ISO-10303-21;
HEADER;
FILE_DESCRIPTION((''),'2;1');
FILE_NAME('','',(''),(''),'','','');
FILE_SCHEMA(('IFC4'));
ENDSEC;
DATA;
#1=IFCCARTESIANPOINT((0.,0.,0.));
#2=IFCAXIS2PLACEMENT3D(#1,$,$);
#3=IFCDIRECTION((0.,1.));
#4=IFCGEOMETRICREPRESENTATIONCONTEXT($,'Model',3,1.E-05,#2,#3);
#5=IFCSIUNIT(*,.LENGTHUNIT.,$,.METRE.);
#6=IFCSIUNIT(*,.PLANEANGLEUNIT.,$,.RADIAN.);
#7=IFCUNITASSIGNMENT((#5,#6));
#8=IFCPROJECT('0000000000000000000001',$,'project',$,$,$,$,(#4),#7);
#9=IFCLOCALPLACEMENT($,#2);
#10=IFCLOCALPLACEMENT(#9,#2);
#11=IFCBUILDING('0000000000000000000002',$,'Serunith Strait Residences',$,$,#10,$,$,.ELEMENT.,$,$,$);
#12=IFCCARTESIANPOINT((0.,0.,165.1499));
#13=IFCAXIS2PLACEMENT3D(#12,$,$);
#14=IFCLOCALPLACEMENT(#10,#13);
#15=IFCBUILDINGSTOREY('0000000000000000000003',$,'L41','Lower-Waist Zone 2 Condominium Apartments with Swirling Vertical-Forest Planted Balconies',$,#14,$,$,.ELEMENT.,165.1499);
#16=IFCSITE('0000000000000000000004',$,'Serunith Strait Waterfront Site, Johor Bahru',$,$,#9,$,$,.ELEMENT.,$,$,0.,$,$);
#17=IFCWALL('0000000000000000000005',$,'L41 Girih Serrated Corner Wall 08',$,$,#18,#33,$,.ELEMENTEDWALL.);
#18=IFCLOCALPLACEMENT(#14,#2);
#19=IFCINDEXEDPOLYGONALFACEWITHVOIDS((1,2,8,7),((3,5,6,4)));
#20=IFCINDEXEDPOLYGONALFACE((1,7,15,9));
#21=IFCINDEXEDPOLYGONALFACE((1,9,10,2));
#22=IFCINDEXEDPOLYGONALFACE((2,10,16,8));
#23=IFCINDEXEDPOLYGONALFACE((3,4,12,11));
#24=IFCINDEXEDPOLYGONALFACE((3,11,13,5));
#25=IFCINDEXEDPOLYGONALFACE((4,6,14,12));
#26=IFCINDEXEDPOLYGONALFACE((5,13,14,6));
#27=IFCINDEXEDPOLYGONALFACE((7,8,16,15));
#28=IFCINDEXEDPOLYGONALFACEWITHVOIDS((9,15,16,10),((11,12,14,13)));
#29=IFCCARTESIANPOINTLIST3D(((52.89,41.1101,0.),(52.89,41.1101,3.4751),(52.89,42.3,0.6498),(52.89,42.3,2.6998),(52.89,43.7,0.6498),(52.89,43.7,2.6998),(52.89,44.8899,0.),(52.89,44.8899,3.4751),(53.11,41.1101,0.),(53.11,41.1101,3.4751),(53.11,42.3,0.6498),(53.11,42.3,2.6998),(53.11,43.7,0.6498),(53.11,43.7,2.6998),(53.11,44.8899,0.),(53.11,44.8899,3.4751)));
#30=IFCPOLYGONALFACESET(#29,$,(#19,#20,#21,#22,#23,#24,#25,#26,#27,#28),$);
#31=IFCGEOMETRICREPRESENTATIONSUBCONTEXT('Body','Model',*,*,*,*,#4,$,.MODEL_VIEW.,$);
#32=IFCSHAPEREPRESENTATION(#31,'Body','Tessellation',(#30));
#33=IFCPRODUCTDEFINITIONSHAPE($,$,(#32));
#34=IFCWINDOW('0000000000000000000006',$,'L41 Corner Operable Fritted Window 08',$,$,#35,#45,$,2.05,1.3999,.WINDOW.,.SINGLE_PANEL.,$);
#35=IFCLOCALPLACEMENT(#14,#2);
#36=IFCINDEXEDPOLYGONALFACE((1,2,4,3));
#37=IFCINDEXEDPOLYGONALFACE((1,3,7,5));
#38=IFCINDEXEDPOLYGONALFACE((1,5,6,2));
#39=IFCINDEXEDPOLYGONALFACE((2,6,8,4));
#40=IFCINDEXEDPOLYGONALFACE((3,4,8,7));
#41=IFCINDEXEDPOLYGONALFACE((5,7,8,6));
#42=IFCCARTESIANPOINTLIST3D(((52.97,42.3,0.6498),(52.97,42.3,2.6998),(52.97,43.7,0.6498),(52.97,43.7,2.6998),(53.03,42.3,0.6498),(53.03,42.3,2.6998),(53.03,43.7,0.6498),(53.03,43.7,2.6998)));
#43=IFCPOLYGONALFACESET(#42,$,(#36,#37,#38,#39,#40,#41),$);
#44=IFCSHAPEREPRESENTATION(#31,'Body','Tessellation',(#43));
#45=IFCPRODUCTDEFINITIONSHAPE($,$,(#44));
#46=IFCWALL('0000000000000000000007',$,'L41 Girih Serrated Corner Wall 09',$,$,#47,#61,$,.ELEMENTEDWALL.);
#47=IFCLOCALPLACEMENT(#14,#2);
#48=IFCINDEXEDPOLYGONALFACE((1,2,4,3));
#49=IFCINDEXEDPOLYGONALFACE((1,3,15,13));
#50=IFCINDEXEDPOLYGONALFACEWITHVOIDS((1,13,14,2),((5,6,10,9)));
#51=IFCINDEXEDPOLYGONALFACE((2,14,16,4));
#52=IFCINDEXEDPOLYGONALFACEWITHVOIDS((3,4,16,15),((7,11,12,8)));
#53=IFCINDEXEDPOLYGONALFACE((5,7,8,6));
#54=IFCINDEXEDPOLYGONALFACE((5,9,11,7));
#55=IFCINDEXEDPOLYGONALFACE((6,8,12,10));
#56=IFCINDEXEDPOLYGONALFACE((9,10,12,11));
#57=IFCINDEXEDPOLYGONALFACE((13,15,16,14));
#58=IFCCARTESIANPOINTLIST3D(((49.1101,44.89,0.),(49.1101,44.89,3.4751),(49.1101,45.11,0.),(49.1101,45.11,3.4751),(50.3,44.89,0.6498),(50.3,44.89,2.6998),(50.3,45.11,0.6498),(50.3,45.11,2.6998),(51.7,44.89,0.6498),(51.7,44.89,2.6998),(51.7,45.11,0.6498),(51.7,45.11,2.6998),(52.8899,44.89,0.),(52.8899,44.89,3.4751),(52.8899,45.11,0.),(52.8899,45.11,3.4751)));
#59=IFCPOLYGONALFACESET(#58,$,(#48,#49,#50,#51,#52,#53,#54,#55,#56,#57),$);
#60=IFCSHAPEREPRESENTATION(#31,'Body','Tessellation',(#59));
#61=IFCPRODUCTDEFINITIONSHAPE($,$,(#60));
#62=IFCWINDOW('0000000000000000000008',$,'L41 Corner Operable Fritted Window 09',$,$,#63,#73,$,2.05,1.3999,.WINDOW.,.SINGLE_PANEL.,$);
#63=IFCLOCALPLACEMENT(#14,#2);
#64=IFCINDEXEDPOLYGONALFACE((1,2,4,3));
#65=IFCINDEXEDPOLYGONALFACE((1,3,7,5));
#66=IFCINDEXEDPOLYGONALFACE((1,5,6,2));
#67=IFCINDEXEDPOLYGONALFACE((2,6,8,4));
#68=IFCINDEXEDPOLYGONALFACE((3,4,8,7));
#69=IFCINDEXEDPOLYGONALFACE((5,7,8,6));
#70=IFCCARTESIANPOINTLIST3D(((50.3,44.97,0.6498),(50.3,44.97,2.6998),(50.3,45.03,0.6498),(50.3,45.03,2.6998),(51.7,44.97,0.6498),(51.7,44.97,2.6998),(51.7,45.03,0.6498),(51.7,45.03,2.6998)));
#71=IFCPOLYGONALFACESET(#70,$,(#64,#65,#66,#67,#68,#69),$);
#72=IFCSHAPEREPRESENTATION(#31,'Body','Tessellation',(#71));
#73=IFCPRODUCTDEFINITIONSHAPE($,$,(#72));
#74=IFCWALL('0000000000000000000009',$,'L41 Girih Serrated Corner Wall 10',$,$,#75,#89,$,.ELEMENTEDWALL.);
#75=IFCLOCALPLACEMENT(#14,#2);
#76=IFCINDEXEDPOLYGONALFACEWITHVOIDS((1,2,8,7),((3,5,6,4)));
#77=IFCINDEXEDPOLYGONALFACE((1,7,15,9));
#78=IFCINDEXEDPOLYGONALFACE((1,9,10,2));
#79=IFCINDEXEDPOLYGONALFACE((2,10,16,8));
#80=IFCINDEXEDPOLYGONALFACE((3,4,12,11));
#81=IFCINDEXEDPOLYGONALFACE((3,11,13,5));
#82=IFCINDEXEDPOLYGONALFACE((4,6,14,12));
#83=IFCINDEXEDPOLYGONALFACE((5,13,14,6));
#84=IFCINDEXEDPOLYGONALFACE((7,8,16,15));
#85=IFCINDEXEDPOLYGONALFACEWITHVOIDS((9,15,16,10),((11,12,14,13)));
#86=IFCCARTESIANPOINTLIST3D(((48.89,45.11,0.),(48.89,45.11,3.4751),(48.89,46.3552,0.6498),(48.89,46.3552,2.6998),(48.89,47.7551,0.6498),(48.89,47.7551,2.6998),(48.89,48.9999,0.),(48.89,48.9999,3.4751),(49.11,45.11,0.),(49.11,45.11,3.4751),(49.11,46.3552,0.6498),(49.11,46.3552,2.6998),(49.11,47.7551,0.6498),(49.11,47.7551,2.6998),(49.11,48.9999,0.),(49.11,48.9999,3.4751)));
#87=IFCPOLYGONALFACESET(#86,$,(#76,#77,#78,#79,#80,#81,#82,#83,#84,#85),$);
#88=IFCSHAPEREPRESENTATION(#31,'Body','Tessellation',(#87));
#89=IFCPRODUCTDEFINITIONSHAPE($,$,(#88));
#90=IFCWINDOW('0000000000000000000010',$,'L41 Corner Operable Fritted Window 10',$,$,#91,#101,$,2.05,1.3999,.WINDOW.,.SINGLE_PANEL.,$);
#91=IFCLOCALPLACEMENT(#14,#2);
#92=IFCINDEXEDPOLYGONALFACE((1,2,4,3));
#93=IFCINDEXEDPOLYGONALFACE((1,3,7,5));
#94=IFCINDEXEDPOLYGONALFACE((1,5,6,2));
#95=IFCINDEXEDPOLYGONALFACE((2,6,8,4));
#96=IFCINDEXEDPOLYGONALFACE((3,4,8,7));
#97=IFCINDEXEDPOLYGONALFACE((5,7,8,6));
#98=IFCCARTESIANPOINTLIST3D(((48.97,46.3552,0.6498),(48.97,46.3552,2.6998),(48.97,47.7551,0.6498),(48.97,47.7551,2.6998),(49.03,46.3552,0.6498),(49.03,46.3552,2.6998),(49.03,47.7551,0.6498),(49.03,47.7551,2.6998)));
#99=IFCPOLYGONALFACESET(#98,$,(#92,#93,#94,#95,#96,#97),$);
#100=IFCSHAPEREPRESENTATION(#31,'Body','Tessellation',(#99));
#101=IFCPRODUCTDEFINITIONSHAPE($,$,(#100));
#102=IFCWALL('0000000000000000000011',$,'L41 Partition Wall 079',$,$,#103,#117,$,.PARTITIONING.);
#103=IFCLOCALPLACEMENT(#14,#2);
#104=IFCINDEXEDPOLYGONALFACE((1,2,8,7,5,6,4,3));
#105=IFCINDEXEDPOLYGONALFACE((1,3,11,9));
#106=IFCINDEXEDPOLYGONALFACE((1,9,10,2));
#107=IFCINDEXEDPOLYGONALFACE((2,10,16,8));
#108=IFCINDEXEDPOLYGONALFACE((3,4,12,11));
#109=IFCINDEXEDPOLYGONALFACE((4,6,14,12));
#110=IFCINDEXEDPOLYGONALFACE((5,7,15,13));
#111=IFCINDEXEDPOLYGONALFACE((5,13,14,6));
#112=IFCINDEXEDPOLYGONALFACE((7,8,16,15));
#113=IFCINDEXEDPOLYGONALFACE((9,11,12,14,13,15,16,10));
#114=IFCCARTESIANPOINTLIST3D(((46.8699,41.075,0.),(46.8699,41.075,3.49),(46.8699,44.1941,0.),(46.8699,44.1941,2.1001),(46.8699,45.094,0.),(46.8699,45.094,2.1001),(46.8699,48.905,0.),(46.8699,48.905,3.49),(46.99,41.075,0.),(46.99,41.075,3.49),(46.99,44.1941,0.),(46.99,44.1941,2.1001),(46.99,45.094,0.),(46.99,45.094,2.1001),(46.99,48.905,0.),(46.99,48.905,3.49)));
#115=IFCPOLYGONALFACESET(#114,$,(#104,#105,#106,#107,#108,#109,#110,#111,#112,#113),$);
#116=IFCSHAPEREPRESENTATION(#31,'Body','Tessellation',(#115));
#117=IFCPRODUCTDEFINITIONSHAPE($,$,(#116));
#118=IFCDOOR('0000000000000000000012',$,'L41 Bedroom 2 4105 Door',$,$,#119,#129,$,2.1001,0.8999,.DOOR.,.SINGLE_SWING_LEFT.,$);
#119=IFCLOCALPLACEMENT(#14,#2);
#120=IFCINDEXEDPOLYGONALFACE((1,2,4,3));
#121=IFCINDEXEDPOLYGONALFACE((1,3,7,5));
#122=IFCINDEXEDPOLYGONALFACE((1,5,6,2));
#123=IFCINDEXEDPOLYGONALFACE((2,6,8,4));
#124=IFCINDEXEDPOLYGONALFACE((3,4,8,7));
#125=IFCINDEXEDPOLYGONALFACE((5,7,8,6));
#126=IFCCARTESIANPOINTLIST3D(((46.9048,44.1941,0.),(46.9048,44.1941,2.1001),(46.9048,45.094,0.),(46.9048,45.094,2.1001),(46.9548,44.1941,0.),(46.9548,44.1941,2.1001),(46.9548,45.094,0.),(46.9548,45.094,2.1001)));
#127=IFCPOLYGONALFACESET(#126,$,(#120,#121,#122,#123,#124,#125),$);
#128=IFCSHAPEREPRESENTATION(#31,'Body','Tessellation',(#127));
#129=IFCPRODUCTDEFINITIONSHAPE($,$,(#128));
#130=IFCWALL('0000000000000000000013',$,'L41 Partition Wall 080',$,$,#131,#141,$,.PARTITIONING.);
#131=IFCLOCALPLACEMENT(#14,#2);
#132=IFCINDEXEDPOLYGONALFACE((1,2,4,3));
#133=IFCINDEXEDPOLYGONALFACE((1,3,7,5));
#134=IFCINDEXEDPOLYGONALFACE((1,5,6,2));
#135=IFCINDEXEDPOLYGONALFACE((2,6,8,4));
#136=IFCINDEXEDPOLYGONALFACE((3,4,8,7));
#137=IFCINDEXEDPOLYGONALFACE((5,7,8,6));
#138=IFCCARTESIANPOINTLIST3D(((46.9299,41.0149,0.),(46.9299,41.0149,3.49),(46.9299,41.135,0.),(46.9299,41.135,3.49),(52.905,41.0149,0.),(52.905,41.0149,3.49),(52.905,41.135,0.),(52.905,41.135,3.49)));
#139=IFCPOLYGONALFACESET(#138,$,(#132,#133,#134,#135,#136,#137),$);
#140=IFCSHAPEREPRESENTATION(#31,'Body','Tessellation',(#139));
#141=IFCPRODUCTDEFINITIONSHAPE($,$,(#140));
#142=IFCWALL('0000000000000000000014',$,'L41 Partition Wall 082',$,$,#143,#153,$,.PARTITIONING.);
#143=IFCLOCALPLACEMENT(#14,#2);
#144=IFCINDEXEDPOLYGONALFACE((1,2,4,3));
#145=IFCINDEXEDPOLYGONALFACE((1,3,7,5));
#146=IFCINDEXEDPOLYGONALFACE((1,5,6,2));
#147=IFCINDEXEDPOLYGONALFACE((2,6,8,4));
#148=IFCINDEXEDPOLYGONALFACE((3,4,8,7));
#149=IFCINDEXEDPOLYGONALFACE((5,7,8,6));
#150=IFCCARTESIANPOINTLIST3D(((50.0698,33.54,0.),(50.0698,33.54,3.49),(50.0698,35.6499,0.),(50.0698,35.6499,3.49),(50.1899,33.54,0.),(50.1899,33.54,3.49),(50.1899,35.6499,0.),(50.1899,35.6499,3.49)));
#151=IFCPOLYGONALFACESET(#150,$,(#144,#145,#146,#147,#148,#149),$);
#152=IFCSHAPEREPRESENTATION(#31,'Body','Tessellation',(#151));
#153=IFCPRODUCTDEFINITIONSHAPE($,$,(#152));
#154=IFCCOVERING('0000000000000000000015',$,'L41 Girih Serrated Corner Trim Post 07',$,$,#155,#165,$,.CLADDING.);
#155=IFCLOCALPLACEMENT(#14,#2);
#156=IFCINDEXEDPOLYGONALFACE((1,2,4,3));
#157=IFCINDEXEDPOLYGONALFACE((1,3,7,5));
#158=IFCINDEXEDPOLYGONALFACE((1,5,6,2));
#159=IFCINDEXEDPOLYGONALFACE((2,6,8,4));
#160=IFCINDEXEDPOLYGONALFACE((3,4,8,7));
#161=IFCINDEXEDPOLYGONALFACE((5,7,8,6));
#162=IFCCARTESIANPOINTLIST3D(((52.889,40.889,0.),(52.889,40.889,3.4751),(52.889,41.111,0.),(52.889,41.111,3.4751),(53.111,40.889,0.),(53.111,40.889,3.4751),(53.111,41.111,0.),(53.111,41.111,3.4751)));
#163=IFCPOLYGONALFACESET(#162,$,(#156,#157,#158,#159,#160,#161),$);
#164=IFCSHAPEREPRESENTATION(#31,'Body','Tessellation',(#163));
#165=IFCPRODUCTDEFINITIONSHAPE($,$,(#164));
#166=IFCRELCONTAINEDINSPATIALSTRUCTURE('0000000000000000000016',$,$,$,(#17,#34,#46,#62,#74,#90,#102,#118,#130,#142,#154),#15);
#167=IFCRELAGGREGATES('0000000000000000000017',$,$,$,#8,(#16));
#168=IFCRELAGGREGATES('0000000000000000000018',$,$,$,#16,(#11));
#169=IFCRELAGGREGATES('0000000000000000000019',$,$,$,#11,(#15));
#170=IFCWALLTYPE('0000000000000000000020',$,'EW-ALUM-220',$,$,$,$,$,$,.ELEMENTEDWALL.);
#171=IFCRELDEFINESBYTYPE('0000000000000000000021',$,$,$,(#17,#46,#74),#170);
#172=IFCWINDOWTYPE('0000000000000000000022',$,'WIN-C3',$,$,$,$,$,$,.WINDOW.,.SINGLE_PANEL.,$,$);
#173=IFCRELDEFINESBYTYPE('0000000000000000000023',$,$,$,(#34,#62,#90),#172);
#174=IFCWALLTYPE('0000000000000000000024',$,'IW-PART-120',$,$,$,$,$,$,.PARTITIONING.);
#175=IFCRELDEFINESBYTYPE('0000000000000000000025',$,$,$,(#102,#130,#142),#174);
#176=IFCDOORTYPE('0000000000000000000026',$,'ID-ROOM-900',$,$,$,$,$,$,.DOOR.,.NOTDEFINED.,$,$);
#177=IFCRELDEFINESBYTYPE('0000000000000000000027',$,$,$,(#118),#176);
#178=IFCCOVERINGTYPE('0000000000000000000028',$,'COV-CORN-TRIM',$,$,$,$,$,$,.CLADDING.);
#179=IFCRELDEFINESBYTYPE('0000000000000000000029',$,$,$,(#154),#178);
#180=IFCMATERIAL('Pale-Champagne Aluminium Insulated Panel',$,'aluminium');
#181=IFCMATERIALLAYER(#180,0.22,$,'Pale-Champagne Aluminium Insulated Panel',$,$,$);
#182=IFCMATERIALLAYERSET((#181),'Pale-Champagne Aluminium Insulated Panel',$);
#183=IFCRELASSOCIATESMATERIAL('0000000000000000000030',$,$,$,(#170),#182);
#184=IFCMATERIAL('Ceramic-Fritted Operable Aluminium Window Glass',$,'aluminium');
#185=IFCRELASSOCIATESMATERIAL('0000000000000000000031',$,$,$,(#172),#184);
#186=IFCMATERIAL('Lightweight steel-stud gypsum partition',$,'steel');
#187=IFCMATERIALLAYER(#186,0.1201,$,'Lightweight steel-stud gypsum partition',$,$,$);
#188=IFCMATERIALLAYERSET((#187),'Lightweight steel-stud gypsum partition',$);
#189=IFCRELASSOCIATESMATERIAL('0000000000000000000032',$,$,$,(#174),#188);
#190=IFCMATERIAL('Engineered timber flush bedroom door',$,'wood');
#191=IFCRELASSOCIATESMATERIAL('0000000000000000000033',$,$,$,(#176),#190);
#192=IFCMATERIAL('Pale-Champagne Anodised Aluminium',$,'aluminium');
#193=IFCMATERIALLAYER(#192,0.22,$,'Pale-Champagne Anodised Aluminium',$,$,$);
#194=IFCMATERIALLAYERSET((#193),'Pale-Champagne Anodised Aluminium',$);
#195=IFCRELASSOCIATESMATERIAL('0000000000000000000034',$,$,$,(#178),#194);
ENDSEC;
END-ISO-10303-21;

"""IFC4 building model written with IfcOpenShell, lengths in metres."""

from ifc_helpers import new_model, si_unit, direction, frame, frame_2d, origin, origin_2d, place, context, subcontext, project, spatial, rectangle, extrude, source, transform, mapped, material, layer, layer_set, type_object, element, fill, save


model = new_model("IFC4")

# Units and contexts
model_context = context("Model", 3, precision=1e-05, world=origin(), true_north=direction((0.0, 1.0)))
body_context = subcontext(model_context, "Body", "Model", "MODEL_VIEW")
ifc_project = project(units=[si_unit("LENGTHUNIT", "METRE"), si_unit("PLANEANGLEUNIT", "RADIAN")], contexts=[model_context])

# Site, building, storey
site_placement = place(None, origin())
site = spatial("IfcSite", under=ifc_project, at=site_placement, Name="Serunith Strait Waterfront Site, Johor Bahru", CompositionType="ELEMENT", RefElevation=0.0)
building_placement = place(site_placement, origin())
building = spatial("IfcBuilding", under=site, at=building_placement, Name="Serunith Strait Residences", CompositionType="ELEMENT")
storey_placement = place(building_placement, frame((0.0, 0.0, 165.1499)))
storey = spatial("IfcBuildingStorey", under=building, at=storey_placement, Name="L41", Description="Lower-Waist Zone 2 Condominium Apartments with Swirling Vertical-Forest Planted Balconies", CompositionType="ELEMENT", Elevation=165.1499)

# Shared definitions
ifc_material_1 = material(Name="Pale-Champagne Anodised Aluminium", Category="aluminium")

# Walls, openings, windows
ifc_material_2 = material(Name="Pale-Champagne Aluminium Insulated Panel", Category="aluminium")
ifc_layer_1 = layer(ifc_material_2, 0.22, Name="Pale-Champagne Aluminium Insulated Panel")
ifc_layer_set_1 = layer_set([ifc_layer_1], Name="Pale-Champagne Aluminium Insulated Panel")
wall_type_1 = type_object("IfcWallType", Name="EW-ALUM-220", PredefinedType="ELEMENTEDWALL", material=ifc_layer_set_1)
ifc_material_3 = material(Name="Ceramic-Fritted Operable Aluminium Window Glass", Category="aluminium")
window_type = type_object("IfcWindowType", Name="WIN-C3", PartitioningType="SINGLE_PANEL", PredefinedType="WINDOW", material=ifc_material_3)
shared_shape_1 = source(origin(), body_context, "Body", "SweptSolid", [
    extrude(rectangle(XDim=1.3999, YDim=2.05, at=frame_2d((0.7, 1.0249))), frame((0.0, 0.03, 0.0), z_axis=(0.0, -1.0, 0.0), x_axis=(1.0, 0.0, 0.0)), (0.0, 0.0, 1.0), 0.0601),
])
wall_1_placement = place(storey_placement, frame((53.0, 41.1101, 0.0), z_axis=(0.0, 0.0, 1.0), x_axis=(0.0, 1.0, 0.0)))
wall_1 = element("IfcWall", 1, at=wall_1_placement, inside=storey, type_object=wall_type_1, Name="L41 Girih Serrated Corner Wall 08", PredefinedType="ELEMENTEDWALL", context=body_context, shape_type="SweptSolid", body=[
    extrude(rectangle(XDim=3.7798, YDim=0.22, at=frame_2d((1.8899, 0.0))), origin(), (0.0, 0.0, 1.0), 3.4751),
])
opening_1_placement = place(wall_1_placement, frame((1.1899, 0.0, 0.6499)))
opening_1 = element("IfcOpeningElement", 2, at=opening_1_placement, cuts=wall_1, PredefinedType="OPENING", context=body_context, shape_type="SweptSolid", body=[
    extrude(rectangle(XDim=1.3999, YDim=2.05, at=frame_2d((0.7, 1.0249))), frame((0.0, 0.1201, 0.0), z_axis=(0.0, -1.0, 0.0), x_axis=(1.0, 0.0, 0.0)), (0.0, 0.0, 1.0), 0.24),
])
window_1_placement = place(opening_1_placement, origin())
window_1 = element("IfcWindow", 3, at=window_1_placement, inside=storey, type_object=window_type, Name="L41 Corner Operable Fritted Window 08", OverallHeight=2.05, OverallWidth=1.3999, PartitioningType="SINGLE_PANEL", PredefinedType="WINDOW", context=body_context, shape_type="MappedRepresentation", body=[
    mapped(shared_shape_1, transform((0.0, 0.0, 0.0), scale=1.0)),
])
fill(opening_1, window_1)
wall_2_placement = place(storey_placement, frame((52.8899, 45.0, 0.0), z_axis=(0.0, 0.0, 1.0), x_axis=(-1.0, 0.0, 0.0)))
wall_2 = element("IfcWall", 4, at=wall_2_placement, inside=storey, type_object=wall_type_1, Name="L41 Girih Serrated Corner Wall 09", PredefinedType="ELEMENTEDWALL", context=body_context, shape_type="SweptSolid", body=[
    extrude(rectangle(XDim=3.7798, YDim=0.22, at=frame_2d((1.8899, 0.0))), origin(), (0.0, 0.0, 1.0), 3.4751),
])
opening_2_placement = place(wall_2_placement, frame((1.1899, 0.0, 0.6499)))
opening_2 = element("IfcOpeningElement", 5, at=opening_2_placement, cuts=wall_2, PredefinedType="OPENING", context=body_context, shape_type="SweptSolid", body=[
    extrude(rectangle(XDim=1.3999, YDim=2.05, at=frame_2d((0.7, 1.0249))), frame((0.0, 0.1201, 0.0), z_axis=(0.0, -1.0, 0.0), x_axis=(1.0, 0.0, 0.0)), (0.0, 0.0, 1.0), 0.24),
])
window_2_placement = place(opening_2_placement, origin())
window_2 = element("IfcWindow", 6, at=window_2_placement, inside=storey, type_object=window_type, Name="L41 Corner Operable Fritted Window 09", OverallHeight=2.05, OverallWidth=1.3999, PartitioningType="SINGLE_PANEL", PredefinedType="WINDOW", context=body_context, shape_type="MappedRepresentation", body=[
    mapped(shared_shape_1, transform((0.0, 0.0, 0.0), scale=1.0)),
])
fill(opening_2, window_2)
wall_3_placement = place(storey_placement, frame((49.0, 45.1101, 0.0), z_axis=(0.0, 0.0, 1.0), x_axis=(0.0, 1.0, 0.0)))
wall_3 = element("IfcWall", 7, at=wall_3_placement, inside=storey, type_object=wall_type_1, Name="L41 Girih Serrated Corner Wall 10", PredefinedType="ELEMENTEDWALL", context=body_context, shape_type="SweptSolid", body=[
    extrude(rectangle(XDim=3.8899, YDim=0.22, at=frame_2d((1.9448, 0.0))), origin(), (0.0, 0.0, 1.0), 3.4751),
])
opening_3_placement = place(wall_3_placement, frame((1.2451, 0.0, 0.6499)))
opening_3 = element("IfcOpeningElement", 8, at=opening_3_placement, cuts=wall_3, PredefinedType="OPENING", context=body_context, shape_type="SweptSolid", body=[
    extrude(rectangle(XDim=1.3999, YDim=2.05, at=frame_2d((0.7, 1.0249))), frame((0.0, 0.1201, 0.0), z_axis=(0.0, -1.0, 0.0), x_axis=(1.0, 0.0, 0.0)), (0.0, 0.0, 1.0), 0.24),
])
window_3_placement = place(opening_3_placement, origin())
window_3 = element("IfcWindow", 9, at=window_3_placement, inside=storey, type_object=window_type, Name="L41 Corner Operable Fritted Window 10", OverallHeight=2.05, OverallWidth=1.3999, PartitioningType="SINGLE_PANEL", PredefinedType="WINDOW", context=body_context, shape_type="MappedRepresentation", body=[
    mapped(shared_shape_1, transform((0.0, 0.0, 0.0), scale=1.0)),
])
fill(opening_3, window_3)

# Wall, opening, door
ifc_material_4 = material(Name="Lightweight steel-stud gypsum partition", Category="steel")
ifc_layer_2 = layer(ifc_material_4, 0.1201, Name="Lightweight steel-stud gypsum partition")
ifc_layer_set_2 = layer_set([ifc_layer_2], Name="Lightweight steel-stud gypsum partition")
wall_type_2 = type_object("IfcWallType", Name="IW-PART-120", PredefinedType="PARTITIONING", material=ifc_layer_set_2)
wall_4_placement = place(storey_placement, frame((46.9299, 48.905, 0.0), z_axis=(0.0, 0.0, 1.0), x_axis=(0.0, -1.0, 0.0)))
wall_4 = element("IfcWall", 10, at=wall_4_placement, inside=storey, type_object=wall_type_2, Name="L41 Partition Wall 079", PredefinedType="PARTITIONING", context=body_context, shape_type="SweptSolid", body=[
    extrude(rectangle(XDim=7.8301, YDim=0.1201, at=frame_2d((3.915, 0.0))), origin(), (0.0, 0.0, 1.0), 3.49),
])
opening_4_placement = place(wall_4_placement, frame((3.811, 0.0, 0.0)))
opening_4 = element("IfcOpeningElement", 11, at=opening_4_placement, cuts=wall_4, PredefinedType="OPENING", context=body_context, shape_type="SweptSolid", body=[
    extrude(rectangle(XDim=0.8999, YDim=2.1001, at=frame_2d((0.45, 1.05))), frame((0.0, 0.0701, 0.0), z_axis=(0.0, -1.0, 0.0), x_axis=(1.0, 0.0, 0.0)), (0.0, 0.0, 1.0), 0.1401),
])
ifc_material_5 = material(Name="Engineered timber flush bedroom door", Category="wood")
door_type = type_object("IfcDoorType", Name="ID-ROOM-900", OperationType="NOTDEFINED", PredefinedType="DOOR", material=ifc_material_5)
shared_shape_2 = source(origin(), body_context, "Body", "SweptSolid", [
    extrude(rectangle(XDim=0.8999, YDim=2.1001, at=frame_2d((0.45, 1.05))), frame((0.0, 0.0249, 0.0), z_axis=(0.0, -1.0, 0.0), x_axis=(1.0, 0.0, 0.0)), (0.0, 0.0, 1.0), 0.05),
])
door_placement = place(opening_4_placement, origin())
door = element("IfcDoor", 12, at=door_placement, inside=storey, type_object=door_type, Name="L41 Bedroom 2 4105 Door", OperationType="SINGLE_SWING_LEFT", OverallHeight=2.1001, OverallWidth=0.8999, PredefinedType="DOOR", context=body_context, shape_type="MappedRepresentation", body=[
    mapped(shared_shape_2, transform((0.0, 0.0, 0.0), scale=1.0)),
])
fill(opening_4, door)

# Walls
wall_5_placement = place(storey_placement, frame((46.9299, 41.075, 0.0), z_axis=(0.0, 0.0, 1.0), x_axis=(1.0, 0.0, 0.0)))
element("IfcWall", 13, at=wall_5_placement, inside=storey, type_object=wall_type_2, Name="L41 Partition Wall 080", PredefinedType="PARTITIONING", context=body_context, shape_type="SweptSolid", body=[
    extrude(rectangle(XDim=5.9751, YDim=0.1201, at=frame_2d((2.9875, 0.0))), origin(), (0.0, 0.0, 1.0), 3.49),
])
wall_6_placement = place(storey_placement, frame((50.1299, 35.6499, 0.0), z_axis=(0.0, 0.0, 1.0), x_axis=(0.0, -1.0, 0.0)))
element("IfcWall", 14, at=wall_6_placement, inside=storey, type_object=wall_type_2, Name="L41 Partition Wall 082", PredefinedType="PARTITIONING", context=body_context, shape_type="SweptSolid", body=[
    extrude(rectangle(XDim=2.1099, YDim=0.1201, at=frame_2d((1.0549, 0.0))), origin(), (0.0, 0.0, 1.0), 3.49),
])

# Covering
ifc_layer_3 = layer(ifc_material_1, 0.22, Name="Pale-Champagne Anodised Aluminium")
ifc_layer_set_3 = layer_set([ifc_layer_3], Name="Pale-Champagne Anodised Aluminium")
covering_type = type_object("IfcCoveringType", Name="COV-CORN-TRIM", PredefinedType="CLADDING", material=ifc_layer_set_3)
shared_shape_3 = source(origin(), body_context, "Body", "SweptSolid", [
    extrude(rectangle(XDim=0.2219, YDim=0.2219, at=origin_2d()), origin(), (0.0, 0.0, 1.0), 3.4751),
])
for number, where, z_axis, x_axis, name in (
    (15, (53.0, 41.0, 0.0), (0.0, 0.0, 1.0), (1.0, 0.0, 0.0), "L41 Girih Serrated Corner Trim Post 07"),
):
    element("IfcCovering", number, at=place(storey_placement, frame(where, z_axis=z_axis, x_axis=x_axis)), inside=storey, type_object=covering_type, Name=name, PredefinedType="CLADDING", context=body_context, shape_type="MappedRepresentation", body=[
        mapped(shared_shape_3, transform((0.0, 0.0, 0.0), scale=1.0)),
    ])

save(model, "model.ifc")
